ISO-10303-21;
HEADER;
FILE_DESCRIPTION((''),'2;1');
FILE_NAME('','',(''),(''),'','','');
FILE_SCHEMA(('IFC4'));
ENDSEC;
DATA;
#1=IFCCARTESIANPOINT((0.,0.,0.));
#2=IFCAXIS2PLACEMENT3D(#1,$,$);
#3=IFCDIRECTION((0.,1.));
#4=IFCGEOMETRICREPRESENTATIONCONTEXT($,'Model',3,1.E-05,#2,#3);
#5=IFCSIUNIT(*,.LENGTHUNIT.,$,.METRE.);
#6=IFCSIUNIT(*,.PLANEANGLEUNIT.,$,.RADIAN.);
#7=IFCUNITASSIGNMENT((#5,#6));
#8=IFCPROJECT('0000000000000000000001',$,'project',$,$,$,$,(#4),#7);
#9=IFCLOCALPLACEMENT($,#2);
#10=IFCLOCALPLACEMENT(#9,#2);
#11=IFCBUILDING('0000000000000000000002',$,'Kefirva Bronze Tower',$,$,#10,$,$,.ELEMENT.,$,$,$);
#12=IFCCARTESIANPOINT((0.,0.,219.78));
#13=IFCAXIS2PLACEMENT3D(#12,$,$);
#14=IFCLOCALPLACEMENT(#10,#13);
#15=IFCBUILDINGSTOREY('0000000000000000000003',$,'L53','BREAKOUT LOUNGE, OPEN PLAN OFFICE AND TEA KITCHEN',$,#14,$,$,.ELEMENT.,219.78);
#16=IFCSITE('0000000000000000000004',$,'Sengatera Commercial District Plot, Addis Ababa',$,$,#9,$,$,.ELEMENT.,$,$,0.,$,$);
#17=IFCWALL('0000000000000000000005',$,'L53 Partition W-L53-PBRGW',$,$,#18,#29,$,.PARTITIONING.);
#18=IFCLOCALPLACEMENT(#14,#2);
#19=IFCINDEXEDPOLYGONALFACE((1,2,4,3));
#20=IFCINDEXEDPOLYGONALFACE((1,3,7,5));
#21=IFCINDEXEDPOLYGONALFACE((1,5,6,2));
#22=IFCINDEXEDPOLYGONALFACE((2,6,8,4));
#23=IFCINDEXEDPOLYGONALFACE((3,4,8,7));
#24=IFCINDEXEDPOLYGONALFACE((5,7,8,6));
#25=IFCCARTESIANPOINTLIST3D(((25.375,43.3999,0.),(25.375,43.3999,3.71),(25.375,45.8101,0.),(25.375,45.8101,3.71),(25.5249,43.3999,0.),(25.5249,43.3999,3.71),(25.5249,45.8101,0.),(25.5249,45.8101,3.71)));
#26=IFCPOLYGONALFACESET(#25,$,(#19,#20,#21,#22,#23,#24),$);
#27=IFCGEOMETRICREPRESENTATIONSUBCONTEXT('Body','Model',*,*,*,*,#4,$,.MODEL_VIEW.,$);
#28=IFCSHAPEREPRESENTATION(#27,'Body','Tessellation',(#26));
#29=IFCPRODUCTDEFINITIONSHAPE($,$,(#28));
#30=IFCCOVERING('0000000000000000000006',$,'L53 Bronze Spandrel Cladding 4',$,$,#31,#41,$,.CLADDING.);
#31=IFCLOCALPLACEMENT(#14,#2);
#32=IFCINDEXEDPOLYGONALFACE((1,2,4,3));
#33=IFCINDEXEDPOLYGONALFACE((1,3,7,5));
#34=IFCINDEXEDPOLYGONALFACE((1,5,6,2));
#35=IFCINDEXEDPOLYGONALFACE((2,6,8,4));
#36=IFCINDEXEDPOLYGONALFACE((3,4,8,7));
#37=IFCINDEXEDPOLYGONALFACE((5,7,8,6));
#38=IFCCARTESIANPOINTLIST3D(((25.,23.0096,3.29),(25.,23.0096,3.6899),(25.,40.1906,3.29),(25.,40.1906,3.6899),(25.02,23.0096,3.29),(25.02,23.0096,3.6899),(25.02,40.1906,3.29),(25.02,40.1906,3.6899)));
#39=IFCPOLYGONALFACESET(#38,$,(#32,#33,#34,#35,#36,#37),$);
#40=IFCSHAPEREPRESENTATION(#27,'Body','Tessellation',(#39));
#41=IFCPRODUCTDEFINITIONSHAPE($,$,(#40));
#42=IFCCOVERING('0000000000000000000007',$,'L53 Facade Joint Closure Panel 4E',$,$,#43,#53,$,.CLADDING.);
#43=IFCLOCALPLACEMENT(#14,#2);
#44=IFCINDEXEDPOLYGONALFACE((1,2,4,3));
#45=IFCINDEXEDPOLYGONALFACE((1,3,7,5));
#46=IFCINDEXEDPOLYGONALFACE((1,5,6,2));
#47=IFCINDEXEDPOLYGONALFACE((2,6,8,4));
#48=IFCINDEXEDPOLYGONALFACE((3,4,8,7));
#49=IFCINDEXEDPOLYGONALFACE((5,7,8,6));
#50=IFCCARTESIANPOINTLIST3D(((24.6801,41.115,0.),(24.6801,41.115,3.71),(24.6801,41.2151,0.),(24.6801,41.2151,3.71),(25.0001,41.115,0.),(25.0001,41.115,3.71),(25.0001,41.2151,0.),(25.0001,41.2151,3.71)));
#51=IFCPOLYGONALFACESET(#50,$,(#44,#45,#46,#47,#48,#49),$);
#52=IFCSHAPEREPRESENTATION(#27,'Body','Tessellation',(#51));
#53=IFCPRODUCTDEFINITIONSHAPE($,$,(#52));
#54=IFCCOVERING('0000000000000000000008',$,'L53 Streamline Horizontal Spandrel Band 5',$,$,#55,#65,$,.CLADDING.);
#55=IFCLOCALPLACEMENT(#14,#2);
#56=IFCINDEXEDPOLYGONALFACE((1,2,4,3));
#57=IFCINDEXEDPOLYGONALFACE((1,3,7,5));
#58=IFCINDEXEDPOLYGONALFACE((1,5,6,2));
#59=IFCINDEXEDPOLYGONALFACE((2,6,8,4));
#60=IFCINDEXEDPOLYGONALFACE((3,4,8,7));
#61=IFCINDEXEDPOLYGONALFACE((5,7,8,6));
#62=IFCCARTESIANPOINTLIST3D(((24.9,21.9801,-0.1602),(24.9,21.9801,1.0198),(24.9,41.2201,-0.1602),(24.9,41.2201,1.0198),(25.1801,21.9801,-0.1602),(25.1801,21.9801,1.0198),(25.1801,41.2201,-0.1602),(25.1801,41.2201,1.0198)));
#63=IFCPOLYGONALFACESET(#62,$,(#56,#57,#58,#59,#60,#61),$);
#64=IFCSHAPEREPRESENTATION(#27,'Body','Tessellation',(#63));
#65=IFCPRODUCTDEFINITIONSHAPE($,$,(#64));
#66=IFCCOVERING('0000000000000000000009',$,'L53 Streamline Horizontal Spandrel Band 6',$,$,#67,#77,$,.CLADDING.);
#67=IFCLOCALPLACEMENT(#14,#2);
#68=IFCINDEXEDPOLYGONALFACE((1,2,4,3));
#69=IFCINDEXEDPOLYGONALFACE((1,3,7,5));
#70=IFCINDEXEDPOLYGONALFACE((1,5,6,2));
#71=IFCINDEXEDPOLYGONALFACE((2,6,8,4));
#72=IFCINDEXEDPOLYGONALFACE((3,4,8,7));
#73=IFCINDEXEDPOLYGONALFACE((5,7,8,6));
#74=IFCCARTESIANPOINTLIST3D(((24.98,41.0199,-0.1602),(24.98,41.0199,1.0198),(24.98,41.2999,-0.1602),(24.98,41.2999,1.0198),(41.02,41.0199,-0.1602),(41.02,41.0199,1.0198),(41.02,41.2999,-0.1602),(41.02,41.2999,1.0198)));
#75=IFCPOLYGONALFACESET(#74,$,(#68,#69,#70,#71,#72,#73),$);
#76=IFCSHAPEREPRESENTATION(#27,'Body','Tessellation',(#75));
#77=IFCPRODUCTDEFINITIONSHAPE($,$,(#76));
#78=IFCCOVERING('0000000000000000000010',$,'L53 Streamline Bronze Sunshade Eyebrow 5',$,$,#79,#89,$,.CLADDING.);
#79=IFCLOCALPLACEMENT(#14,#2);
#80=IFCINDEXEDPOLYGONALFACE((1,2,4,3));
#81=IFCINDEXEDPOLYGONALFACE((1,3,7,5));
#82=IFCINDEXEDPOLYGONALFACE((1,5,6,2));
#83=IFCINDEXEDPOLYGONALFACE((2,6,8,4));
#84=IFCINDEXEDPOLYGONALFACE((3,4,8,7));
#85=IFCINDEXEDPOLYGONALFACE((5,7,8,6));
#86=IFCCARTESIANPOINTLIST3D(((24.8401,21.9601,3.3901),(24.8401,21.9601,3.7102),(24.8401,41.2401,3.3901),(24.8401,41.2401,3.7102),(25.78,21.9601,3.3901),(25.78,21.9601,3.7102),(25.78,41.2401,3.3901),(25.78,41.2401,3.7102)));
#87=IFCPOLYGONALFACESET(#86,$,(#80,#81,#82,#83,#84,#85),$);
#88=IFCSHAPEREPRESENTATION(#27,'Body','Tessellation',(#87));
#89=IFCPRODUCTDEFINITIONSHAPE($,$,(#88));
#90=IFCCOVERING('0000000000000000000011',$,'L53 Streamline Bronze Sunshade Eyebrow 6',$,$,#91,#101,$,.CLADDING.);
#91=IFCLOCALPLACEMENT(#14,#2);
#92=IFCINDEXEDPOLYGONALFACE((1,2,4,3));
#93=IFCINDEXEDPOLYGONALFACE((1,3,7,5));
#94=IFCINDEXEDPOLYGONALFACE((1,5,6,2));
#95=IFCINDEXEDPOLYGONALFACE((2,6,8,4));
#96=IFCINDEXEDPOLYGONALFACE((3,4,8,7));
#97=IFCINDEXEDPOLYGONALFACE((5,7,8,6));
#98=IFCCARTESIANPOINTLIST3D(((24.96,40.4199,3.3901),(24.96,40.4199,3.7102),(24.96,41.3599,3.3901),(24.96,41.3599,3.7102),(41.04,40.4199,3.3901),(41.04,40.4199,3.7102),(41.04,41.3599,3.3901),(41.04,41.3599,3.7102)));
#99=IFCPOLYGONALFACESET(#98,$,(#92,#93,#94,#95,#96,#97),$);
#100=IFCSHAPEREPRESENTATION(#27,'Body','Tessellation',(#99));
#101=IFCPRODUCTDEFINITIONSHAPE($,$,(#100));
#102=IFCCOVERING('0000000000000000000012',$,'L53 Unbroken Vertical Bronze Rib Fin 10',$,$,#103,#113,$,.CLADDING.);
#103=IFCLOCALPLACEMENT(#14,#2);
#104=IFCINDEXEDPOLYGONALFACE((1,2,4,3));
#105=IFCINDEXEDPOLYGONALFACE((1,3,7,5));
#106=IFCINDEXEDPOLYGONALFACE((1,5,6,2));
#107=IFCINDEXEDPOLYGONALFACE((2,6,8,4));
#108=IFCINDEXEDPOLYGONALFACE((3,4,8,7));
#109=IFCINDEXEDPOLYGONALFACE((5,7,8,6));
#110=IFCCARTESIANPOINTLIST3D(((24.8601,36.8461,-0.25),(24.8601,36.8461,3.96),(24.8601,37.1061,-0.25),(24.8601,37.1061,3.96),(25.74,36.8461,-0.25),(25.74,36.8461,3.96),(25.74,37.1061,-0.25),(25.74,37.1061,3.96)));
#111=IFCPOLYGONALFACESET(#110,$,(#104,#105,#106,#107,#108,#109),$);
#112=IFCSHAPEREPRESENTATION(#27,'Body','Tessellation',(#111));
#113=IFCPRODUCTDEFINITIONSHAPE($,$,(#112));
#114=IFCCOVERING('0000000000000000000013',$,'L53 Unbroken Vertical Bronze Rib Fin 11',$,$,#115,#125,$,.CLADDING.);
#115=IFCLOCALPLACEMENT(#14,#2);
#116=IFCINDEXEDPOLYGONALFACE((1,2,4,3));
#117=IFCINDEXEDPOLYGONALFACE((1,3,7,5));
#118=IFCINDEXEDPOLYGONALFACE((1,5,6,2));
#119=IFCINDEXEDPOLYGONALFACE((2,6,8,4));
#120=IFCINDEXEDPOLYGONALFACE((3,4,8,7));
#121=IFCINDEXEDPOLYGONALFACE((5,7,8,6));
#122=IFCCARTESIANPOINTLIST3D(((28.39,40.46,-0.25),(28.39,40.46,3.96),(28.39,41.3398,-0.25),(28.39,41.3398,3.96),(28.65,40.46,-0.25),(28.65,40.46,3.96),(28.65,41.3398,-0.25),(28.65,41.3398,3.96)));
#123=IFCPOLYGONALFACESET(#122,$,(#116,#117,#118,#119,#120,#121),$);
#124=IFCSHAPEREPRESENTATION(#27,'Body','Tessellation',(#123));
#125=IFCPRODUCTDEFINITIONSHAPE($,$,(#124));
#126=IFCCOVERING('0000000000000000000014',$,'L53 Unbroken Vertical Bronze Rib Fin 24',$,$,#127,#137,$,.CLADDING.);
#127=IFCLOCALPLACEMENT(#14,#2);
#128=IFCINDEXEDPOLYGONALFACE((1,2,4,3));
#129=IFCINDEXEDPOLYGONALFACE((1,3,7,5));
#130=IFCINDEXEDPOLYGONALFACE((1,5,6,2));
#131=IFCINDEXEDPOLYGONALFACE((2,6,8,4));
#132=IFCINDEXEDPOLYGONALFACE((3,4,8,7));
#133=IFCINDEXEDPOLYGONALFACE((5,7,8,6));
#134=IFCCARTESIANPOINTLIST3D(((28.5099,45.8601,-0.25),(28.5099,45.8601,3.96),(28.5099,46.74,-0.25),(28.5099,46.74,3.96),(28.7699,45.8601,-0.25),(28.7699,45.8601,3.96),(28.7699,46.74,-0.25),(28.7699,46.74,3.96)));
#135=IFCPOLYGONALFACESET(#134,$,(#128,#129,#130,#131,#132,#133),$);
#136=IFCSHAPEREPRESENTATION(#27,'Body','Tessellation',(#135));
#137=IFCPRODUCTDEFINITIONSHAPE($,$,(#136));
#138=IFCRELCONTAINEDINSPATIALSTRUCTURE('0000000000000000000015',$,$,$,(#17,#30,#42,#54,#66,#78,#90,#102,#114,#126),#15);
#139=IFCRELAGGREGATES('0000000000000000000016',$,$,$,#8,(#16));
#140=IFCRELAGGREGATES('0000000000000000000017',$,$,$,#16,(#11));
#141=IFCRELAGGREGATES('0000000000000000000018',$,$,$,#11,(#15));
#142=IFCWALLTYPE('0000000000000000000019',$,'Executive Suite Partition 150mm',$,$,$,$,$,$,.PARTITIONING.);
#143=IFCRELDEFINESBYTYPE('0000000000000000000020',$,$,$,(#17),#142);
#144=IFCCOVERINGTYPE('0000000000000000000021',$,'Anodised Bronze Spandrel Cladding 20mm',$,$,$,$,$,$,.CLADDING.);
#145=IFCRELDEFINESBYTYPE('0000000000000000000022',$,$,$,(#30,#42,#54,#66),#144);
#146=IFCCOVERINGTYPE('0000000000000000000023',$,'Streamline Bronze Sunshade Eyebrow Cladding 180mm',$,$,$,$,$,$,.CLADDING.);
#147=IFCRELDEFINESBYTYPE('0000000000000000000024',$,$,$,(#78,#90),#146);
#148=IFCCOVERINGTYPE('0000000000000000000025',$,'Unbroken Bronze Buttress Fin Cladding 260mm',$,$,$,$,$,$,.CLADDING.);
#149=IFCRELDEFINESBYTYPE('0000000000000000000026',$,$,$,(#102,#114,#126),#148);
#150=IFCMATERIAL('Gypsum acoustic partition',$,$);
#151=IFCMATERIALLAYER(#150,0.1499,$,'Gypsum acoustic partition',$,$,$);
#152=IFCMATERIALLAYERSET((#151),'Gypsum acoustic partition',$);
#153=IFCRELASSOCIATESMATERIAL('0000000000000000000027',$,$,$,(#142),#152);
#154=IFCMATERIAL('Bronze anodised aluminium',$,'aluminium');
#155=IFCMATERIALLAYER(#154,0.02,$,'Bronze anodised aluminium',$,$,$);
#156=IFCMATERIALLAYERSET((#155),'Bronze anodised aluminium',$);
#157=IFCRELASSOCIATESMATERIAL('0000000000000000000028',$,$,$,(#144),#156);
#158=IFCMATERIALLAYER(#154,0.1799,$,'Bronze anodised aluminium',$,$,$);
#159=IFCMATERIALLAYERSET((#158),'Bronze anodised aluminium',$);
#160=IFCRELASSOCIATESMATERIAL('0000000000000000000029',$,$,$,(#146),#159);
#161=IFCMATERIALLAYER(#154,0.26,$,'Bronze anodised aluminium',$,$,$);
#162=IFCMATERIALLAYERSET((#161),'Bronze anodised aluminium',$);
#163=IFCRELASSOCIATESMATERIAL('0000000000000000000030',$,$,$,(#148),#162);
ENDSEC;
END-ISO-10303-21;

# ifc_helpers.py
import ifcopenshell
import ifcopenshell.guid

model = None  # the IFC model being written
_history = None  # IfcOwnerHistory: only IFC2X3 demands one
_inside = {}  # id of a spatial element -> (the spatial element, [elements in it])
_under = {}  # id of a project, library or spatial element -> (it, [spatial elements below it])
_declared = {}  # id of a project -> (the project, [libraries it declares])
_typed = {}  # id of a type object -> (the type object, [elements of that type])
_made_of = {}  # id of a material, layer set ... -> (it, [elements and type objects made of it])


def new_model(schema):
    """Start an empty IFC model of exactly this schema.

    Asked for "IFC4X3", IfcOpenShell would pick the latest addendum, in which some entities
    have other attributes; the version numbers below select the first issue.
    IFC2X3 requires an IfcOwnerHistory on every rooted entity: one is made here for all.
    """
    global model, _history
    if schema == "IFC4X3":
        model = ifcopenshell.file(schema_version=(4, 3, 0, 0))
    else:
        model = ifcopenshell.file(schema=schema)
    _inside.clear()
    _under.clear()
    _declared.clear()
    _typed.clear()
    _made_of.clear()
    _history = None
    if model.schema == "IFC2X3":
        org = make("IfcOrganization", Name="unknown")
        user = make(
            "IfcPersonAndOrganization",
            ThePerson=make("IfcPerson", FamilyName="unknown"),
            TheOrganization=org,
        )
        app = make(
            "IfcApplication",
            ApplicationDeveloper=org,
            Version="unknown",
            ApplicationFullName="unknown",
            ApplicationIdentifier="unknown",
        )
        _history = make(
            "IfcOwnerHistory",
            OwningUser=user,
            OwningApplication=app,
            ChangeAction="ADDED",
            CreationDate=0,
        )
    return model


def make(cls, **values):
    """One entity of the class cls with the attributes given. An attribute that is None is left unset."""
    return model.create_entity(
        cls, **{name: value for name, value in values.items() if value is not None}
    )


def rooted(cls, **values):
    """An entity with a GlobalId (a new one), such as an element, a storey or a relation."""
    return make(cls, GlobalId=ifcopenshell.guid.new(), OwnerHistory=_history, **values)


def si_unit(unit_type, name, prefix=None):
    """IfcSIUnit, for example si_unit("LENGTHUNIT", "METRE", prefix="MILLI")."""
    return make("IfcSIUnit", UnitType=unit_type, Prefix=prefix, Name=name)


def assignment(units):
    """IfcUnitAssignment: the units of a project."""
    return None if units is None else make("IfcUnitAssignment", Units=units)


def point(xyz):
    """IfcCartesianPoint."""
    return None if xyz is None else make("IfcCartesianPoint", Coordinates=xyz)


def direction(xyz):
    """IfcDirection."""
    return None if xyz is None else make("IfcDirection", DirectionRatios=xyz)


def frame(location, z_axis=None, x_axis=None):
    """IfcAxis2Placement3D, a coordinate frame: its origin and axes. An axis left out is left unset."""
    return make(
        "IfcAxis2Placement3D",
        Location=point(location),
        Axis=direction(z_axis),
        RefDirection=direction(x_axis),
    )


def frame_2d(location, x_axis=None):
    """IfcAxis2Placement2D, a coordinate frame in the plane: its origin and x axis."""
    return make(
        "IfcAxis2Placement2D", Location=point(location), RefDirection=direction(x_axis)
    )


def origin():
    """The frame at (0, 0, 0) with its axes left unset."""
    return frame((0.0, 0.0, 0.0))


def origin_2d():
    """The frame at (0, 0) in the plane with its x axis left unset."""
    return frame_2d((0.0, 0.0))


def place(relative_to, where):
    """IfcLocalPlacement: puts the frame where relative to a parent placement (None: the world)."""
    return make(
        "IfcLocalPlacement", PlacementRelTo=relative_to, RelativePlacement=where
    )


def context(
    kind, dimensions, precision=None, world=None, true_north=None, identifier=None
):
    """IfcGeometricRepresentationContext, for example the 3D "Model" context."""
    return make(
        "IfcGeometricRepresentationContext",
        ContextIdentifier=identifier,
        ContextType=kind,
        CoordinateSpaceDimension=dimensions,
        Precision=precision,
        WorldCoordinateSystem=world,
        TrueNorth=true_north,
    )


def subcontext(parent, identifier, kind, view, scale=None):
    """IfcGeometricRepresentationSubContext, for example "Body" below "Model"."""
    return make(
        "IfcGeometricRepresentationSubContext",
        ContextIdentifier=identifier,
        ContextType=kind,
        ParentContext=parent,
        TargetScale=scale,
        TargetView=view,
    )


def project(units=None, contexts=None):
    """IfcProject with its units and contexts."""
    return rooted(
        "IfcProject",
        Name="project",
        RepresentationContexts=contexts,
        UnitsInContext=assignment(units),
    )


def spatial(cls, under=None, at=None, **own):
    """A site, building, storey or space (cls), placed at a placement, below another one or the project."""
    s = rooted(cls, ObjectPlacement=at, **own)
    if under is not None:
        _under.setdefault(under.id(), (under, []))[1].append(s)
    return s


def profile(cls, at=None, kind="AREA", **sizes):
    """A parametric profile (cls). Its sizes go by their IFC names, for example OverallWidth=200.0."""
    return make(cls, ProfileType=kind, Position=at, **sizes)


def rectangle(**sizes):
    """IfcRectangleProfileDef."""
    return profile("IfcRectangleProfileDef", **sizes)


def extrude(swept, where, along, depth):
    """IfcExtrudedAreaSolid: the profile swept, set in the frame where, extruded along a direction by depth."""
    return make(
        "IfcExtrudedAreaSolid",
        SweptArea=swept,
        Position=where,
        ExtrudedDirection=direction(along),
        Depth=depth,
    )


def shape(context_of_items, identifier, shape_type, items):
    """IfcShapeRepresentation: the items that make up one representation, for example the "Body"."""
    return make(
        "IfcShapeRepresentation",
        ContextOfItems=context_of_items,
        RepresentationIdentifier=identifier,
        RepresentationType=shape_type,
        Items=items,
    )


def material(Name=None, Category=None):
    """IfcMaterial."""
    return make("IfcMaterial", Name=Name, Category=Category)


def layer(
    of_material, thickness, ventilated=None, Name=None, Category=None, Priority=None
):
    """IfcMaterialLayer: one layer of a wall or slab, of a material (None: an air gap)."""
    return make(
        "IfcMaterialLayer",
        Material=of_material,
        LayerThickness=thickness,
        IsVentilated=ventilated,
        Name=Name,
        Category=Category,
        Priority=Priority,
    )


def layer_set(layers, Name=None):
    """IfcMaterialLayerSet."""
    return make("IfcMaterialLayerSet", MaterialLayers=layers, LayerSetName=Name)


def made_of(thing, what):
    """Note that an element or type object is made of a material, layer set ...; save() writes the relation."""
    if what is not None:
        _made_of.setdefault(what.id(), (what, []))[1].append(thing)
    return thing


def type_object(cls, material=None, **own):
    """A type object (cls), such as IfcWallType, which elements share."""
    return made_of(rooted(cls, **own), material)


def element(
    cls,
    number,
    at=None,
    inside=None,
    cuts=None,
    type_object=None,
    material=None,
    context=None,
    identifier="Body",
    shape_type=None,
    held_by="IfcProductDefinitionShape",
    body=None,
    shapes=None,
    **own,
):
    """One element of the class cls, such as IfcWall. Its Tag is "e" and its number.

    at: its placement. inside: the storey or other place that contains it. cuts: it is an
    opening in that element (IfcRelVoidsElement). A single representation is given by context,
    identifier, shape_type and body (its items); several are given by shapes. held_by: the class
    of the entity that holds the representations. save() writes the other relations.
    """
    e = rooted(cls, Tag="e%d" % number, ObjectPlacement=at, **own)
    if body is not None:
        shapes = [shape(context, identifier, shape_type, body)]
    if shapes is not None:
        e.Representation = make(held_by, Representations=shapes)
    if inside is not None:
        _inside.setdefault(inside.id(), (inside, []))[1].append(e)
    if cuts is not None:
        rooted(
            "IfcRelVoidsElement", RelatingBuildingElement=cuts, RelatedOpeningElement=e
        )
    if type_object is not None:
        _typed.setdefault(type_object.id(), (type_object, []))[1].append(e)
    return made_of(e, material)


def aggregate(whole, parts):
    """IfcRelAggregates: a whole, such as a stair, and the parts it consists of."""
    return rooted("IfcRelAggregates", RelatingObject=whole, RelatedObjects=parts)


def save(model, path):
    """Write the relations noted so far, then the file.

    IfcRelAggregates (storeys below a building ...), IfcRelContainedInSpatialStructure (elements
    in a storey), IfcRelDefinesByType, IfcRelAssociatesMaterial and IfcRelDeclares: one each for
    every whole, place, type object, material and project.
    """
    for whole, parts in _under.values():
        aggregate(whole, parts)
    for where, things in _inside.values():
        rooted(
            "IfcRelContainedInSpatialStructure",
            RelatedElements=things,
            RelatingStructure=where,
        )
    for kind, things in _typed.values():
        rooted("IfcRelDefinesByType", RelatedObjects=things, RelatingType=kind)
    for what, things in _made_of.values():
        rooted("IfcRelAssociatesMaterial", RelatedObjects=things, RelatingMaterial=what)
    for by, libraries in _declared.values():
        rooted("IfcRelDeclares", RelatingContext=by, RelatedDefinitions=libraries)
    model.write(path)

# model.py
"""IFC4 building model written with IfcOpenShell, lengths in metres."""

from ifc_helpers import new_model, si_unit, direction, frame, frame_2d, origin, origin_2d, place, context, subcontext, project, spatial, rectangle, extrude, material, layer, layer_set, type_object, element, save


model = new_model("IFC4")

# Units and contexts
model_context = context("Model", 3, precision=1e-05, world=origin(), true_north=direction((0.0, 1.0)))
body_context = subcontext(model_context, "Body", "Model", "MODEL_VIEW")
ifc_project = project(units=[si_unit("LENGTHUNIT", "METRE"), si_unit("PLANEANGLEUNIT", "RADIAN")], contexts=[model_context])

# Site, building, storey
site_placement = place(None, origin())
site = spatial("IfcSite", under=ifc_project, at=site_placement, Name="Sengatera Commercial District Plot, Addis Ababa", CompositionType="ELEMENT", RefElevation=0.0)
building_placement = place(site_placement, origin())
building = spatial("IfcBuilding", under=site, at=building_placement, Name="Kefirva Bronze Tower", CompositionType="ELEMENT")
storey_placement = place(building_placement, frame((0.0, 0.0, 219.78)))
storey = spatial("IfcBuildingStorey", under=building, at=storey_placement, Name="L53", Description="BREAKOUT LOUNGE, OPEN PLAN OFFICE AND TEA KITCHEN", CompositionType="ELEMENT", Elevation=219.78)

# Shared definitions
ifc_material_1 = material(Name="Bronze anodised aluminium", Category="aluminium")

# Shared definitions
ifc_material_2 = material(Name="Gypsum acoustic partition")
ifc_layer_1 = layer(ifc_material_2, 0.1499, Name="Gypsum acoustic partition")
ifc_layer_set_1 = layer_set([ifc_layer_1], Name="Gypsum acoustic partition")
wall_type = type_object("IfcWallType", Name="Executive Suite Partition 150mm", PredefinedType="PARTITIONING", material=ifc_layer_set_1)

# Wall
wall_1_placement = place(storey_placement, frame((25.45, 43.3999, 0.0), z_axis=(0.0, 0.0, 1.0), x_axis=(0.0, 1.0, 0.0)))
element("IfcWall", 1, at=wall_1_placement, inside=storey, type_object=wall_type, Name="L53 Partition W-L53-PBRGW", PredefinedType="PARTITIONING", context=body_context, shape_type="SweptSolid", body=[
    extrude(rectangle(XDim=2.4102, YDim=0.1499, at=frame_2d((1.2051, 0.0))), origin(), (0.0, 0.0, 1.0), 3.71),
])

# Coverings
ifc_layer_2 = layer(ifc_material_1, 0.02, Name="Bronze anodised aluminium")
ifc_layer_set_2 = layer_set([ifc_layer_2], Name="Bronze anodised aluminium")
covering_type_1 = type_object("IfcCoveringType", Name="Anodised Bronze Spandrel Cladding 20mm", PredefinedType="CLADDING", material=ifc_layer_set_2)
covering_1_placement = place(storey_placement, frame((25.01, 31.6001, 3.29), z_axis=(0.0, 0.0, 1.0), x_axis=(0.0, 1.0, 0.0)))
element("IfcCovering", 2, at=covering_1_placement, inside=storey, type_object=covering_type_1, Name="L53 Bronze Spandrel Cladding 4", PredefinedType="CLADDING", context=body_context, shape_type="SweptSolid", body=[
    extrude(rectangle(XDim=17.1809, YDim=0.02, at=origin_2d()), origin(), (0.0, 0.0, 1.0), 0.3999),
])
covering_2_placement = place(storey_placement, frame((24.8401, 41.165, 0.0), z_axis=(0.0, 0.0, 1.0), x_axis=(0.0, 1.0, 0.0)))
element("IfcCovering", 3, at=covering_2_placement, inside=storey, type_object=covering_type_1, Name="L53 Facade Joint Closure Panel 4E", PredefinedType="CLADDING", context=body_context, shape_type="SweptSolid", body=[
    extrude(rectangle(XDim=0.1001, YDim=0.3201, at=origin_2d()), origin(), (0.0, 0.0, 1.0), 3.71),
])
covering_3_placement = place(storey_placement, frame((25.04, 31.6001, -0.1602), z_axis=(0.0, 0.0, 1.0), x_axis=(0.0, 1.0, 0.0)))
element("IfcCovering", 4, at=covering_3_placement, inside=storey, type_object=covering_type_1, Name="L53 Streamline Horizontal Spandrel Band 5", PredefinedType="CLADDING", context=body_context, shape_type="SweptSolid", body=[
    extrude(rectangle(XDim=19.24, YDim=0.28, at=origin_2d()), origin(), (0.0, 0.0, 1.0), 1.1799),
])
covering_4_placement = place(storey_placement, frame((33.0, 41.1599, -0.1602), z_axis=(0.0, 0.0, 1.0), x_axis=(1.0, 0.0, 0.0)))
element("IfcCovering", 5, at=covering_4_placement, inside=storey, type_object=covering_type_1, Name="L53 Streamline Horizontal Spandrel Band 6", PredefinedType="CLADDING", context=body_context, shape_type="SweptSolid", body=[
    extrude(rectangle(XDim=16.04, YDim=0.28, at=origin_2d()), origin(), (0.0, 0.0, 1.0), 1.1799),
])
ifc_layer_3 = layer(ifc_material_1, 0.1799, Name="Bronze anodised aluminium")
ifc_layer_set_3 = layer_set([ifc_layer_3], Name="Bronze anodised aluminium")
covering_type_2 = type_object("IfcCoveringType", Name="Streamline Bronze Sunshade Eyebrow Cladding 180mm", PredefinedType="CLADDING", material=ifc_layer_set_3)
covering_5_placement = place(storey_placement, frame((25.3101, 31.6001, 3.3901), z_axis=(0.0, 0.0, 1.0), x_axis=(0.0, 1.0, 0.0)))
element("IfcCovering", 6, at=covering_5_placement, inside=storey, type_object=covering_type_2, Name="L53 Streamline Bronze Sunshade Eyebrow 5", PredefinedType="CLADDING", context=body_context, shape_type="SweptSolid", body=[
    extrude(rectangle(XDim=19.28, YDim=0.9399, at=origin_2d()), origin(), (0.0, 0.0, 1.0), 0.3201),
])
covering_6_placement = place(storey_placement, frame((33.0, 40.8899, 3.3901), z_axis=(0.0, 0.0, 1.0), x_axis=(1.0, 0.0, 0.0)))
element("IfcCovering", 7, at=covering_6_placement, inside=storey, type_object=covering_type_2, Name="L53 Streamline Bronze Sunshade Eyebrow 6", PredefinedType="CLADDING", context=body_context, shape_type="SweptSolid", body=[
    extrude(rectangle(XDim=16.0801, YDim=0.9399, at=origin_2d()), origin(), (0.0, 0.0, 1.0), 0.3201),
])
ifc_layer_4 = layer(ifc_material_1, 0.26, Name="Bronze anodised aluminium")
ifc_layer_set_4 = layer_set([ifc_layer_4], Name="Bronze anodised aluminium")
covering_type_3 = type_object("IfcCoveringType", Name="Unbroken Bronze Buttress Fin Cladding 260mm", PredefinedType="CLADDING", material=ifc_layer_set_4)
for number, where, z_axis, x_axis, name in (
    (8, (25.3, 36.9761, -0.25), (0.0, 0.0, 1.0), (0.0, 1.0, 0.0), "L53 Unbroken Vertical Bronze Rib Fin 10"),
    (9, (28.52, 40.8999, -0.25), (0.0, 0.0, 1.0), (1.0, 0.0, 0.0), "L53 Unbroken Vertical Bronze Rib Fin 11"),
    (10, (28.6399, 46.3, -0.25), (0.0, 0.0, 1.0), (-1.0, 0.0, 0.0), "L53 Unbroken Vertical Bronze Rib Fin 24"),
):
    element("IfcCovering", number, at=place(storey_placement, frame(where, z_axis=z_axis, x_axis=x_axis)), inside=storey, type_object=covering_type_3, Name=name, PredefinedType="CLADDING", context=body_context, shape_type="SweptSolid", body=[
        extrude(rectangle(XDim=0.26, YDim=0.8799, at=origin_2d()), origin(), (0.0, 0.0, 1.0), 4.21),
    ])

save(model, "model.ifc")
